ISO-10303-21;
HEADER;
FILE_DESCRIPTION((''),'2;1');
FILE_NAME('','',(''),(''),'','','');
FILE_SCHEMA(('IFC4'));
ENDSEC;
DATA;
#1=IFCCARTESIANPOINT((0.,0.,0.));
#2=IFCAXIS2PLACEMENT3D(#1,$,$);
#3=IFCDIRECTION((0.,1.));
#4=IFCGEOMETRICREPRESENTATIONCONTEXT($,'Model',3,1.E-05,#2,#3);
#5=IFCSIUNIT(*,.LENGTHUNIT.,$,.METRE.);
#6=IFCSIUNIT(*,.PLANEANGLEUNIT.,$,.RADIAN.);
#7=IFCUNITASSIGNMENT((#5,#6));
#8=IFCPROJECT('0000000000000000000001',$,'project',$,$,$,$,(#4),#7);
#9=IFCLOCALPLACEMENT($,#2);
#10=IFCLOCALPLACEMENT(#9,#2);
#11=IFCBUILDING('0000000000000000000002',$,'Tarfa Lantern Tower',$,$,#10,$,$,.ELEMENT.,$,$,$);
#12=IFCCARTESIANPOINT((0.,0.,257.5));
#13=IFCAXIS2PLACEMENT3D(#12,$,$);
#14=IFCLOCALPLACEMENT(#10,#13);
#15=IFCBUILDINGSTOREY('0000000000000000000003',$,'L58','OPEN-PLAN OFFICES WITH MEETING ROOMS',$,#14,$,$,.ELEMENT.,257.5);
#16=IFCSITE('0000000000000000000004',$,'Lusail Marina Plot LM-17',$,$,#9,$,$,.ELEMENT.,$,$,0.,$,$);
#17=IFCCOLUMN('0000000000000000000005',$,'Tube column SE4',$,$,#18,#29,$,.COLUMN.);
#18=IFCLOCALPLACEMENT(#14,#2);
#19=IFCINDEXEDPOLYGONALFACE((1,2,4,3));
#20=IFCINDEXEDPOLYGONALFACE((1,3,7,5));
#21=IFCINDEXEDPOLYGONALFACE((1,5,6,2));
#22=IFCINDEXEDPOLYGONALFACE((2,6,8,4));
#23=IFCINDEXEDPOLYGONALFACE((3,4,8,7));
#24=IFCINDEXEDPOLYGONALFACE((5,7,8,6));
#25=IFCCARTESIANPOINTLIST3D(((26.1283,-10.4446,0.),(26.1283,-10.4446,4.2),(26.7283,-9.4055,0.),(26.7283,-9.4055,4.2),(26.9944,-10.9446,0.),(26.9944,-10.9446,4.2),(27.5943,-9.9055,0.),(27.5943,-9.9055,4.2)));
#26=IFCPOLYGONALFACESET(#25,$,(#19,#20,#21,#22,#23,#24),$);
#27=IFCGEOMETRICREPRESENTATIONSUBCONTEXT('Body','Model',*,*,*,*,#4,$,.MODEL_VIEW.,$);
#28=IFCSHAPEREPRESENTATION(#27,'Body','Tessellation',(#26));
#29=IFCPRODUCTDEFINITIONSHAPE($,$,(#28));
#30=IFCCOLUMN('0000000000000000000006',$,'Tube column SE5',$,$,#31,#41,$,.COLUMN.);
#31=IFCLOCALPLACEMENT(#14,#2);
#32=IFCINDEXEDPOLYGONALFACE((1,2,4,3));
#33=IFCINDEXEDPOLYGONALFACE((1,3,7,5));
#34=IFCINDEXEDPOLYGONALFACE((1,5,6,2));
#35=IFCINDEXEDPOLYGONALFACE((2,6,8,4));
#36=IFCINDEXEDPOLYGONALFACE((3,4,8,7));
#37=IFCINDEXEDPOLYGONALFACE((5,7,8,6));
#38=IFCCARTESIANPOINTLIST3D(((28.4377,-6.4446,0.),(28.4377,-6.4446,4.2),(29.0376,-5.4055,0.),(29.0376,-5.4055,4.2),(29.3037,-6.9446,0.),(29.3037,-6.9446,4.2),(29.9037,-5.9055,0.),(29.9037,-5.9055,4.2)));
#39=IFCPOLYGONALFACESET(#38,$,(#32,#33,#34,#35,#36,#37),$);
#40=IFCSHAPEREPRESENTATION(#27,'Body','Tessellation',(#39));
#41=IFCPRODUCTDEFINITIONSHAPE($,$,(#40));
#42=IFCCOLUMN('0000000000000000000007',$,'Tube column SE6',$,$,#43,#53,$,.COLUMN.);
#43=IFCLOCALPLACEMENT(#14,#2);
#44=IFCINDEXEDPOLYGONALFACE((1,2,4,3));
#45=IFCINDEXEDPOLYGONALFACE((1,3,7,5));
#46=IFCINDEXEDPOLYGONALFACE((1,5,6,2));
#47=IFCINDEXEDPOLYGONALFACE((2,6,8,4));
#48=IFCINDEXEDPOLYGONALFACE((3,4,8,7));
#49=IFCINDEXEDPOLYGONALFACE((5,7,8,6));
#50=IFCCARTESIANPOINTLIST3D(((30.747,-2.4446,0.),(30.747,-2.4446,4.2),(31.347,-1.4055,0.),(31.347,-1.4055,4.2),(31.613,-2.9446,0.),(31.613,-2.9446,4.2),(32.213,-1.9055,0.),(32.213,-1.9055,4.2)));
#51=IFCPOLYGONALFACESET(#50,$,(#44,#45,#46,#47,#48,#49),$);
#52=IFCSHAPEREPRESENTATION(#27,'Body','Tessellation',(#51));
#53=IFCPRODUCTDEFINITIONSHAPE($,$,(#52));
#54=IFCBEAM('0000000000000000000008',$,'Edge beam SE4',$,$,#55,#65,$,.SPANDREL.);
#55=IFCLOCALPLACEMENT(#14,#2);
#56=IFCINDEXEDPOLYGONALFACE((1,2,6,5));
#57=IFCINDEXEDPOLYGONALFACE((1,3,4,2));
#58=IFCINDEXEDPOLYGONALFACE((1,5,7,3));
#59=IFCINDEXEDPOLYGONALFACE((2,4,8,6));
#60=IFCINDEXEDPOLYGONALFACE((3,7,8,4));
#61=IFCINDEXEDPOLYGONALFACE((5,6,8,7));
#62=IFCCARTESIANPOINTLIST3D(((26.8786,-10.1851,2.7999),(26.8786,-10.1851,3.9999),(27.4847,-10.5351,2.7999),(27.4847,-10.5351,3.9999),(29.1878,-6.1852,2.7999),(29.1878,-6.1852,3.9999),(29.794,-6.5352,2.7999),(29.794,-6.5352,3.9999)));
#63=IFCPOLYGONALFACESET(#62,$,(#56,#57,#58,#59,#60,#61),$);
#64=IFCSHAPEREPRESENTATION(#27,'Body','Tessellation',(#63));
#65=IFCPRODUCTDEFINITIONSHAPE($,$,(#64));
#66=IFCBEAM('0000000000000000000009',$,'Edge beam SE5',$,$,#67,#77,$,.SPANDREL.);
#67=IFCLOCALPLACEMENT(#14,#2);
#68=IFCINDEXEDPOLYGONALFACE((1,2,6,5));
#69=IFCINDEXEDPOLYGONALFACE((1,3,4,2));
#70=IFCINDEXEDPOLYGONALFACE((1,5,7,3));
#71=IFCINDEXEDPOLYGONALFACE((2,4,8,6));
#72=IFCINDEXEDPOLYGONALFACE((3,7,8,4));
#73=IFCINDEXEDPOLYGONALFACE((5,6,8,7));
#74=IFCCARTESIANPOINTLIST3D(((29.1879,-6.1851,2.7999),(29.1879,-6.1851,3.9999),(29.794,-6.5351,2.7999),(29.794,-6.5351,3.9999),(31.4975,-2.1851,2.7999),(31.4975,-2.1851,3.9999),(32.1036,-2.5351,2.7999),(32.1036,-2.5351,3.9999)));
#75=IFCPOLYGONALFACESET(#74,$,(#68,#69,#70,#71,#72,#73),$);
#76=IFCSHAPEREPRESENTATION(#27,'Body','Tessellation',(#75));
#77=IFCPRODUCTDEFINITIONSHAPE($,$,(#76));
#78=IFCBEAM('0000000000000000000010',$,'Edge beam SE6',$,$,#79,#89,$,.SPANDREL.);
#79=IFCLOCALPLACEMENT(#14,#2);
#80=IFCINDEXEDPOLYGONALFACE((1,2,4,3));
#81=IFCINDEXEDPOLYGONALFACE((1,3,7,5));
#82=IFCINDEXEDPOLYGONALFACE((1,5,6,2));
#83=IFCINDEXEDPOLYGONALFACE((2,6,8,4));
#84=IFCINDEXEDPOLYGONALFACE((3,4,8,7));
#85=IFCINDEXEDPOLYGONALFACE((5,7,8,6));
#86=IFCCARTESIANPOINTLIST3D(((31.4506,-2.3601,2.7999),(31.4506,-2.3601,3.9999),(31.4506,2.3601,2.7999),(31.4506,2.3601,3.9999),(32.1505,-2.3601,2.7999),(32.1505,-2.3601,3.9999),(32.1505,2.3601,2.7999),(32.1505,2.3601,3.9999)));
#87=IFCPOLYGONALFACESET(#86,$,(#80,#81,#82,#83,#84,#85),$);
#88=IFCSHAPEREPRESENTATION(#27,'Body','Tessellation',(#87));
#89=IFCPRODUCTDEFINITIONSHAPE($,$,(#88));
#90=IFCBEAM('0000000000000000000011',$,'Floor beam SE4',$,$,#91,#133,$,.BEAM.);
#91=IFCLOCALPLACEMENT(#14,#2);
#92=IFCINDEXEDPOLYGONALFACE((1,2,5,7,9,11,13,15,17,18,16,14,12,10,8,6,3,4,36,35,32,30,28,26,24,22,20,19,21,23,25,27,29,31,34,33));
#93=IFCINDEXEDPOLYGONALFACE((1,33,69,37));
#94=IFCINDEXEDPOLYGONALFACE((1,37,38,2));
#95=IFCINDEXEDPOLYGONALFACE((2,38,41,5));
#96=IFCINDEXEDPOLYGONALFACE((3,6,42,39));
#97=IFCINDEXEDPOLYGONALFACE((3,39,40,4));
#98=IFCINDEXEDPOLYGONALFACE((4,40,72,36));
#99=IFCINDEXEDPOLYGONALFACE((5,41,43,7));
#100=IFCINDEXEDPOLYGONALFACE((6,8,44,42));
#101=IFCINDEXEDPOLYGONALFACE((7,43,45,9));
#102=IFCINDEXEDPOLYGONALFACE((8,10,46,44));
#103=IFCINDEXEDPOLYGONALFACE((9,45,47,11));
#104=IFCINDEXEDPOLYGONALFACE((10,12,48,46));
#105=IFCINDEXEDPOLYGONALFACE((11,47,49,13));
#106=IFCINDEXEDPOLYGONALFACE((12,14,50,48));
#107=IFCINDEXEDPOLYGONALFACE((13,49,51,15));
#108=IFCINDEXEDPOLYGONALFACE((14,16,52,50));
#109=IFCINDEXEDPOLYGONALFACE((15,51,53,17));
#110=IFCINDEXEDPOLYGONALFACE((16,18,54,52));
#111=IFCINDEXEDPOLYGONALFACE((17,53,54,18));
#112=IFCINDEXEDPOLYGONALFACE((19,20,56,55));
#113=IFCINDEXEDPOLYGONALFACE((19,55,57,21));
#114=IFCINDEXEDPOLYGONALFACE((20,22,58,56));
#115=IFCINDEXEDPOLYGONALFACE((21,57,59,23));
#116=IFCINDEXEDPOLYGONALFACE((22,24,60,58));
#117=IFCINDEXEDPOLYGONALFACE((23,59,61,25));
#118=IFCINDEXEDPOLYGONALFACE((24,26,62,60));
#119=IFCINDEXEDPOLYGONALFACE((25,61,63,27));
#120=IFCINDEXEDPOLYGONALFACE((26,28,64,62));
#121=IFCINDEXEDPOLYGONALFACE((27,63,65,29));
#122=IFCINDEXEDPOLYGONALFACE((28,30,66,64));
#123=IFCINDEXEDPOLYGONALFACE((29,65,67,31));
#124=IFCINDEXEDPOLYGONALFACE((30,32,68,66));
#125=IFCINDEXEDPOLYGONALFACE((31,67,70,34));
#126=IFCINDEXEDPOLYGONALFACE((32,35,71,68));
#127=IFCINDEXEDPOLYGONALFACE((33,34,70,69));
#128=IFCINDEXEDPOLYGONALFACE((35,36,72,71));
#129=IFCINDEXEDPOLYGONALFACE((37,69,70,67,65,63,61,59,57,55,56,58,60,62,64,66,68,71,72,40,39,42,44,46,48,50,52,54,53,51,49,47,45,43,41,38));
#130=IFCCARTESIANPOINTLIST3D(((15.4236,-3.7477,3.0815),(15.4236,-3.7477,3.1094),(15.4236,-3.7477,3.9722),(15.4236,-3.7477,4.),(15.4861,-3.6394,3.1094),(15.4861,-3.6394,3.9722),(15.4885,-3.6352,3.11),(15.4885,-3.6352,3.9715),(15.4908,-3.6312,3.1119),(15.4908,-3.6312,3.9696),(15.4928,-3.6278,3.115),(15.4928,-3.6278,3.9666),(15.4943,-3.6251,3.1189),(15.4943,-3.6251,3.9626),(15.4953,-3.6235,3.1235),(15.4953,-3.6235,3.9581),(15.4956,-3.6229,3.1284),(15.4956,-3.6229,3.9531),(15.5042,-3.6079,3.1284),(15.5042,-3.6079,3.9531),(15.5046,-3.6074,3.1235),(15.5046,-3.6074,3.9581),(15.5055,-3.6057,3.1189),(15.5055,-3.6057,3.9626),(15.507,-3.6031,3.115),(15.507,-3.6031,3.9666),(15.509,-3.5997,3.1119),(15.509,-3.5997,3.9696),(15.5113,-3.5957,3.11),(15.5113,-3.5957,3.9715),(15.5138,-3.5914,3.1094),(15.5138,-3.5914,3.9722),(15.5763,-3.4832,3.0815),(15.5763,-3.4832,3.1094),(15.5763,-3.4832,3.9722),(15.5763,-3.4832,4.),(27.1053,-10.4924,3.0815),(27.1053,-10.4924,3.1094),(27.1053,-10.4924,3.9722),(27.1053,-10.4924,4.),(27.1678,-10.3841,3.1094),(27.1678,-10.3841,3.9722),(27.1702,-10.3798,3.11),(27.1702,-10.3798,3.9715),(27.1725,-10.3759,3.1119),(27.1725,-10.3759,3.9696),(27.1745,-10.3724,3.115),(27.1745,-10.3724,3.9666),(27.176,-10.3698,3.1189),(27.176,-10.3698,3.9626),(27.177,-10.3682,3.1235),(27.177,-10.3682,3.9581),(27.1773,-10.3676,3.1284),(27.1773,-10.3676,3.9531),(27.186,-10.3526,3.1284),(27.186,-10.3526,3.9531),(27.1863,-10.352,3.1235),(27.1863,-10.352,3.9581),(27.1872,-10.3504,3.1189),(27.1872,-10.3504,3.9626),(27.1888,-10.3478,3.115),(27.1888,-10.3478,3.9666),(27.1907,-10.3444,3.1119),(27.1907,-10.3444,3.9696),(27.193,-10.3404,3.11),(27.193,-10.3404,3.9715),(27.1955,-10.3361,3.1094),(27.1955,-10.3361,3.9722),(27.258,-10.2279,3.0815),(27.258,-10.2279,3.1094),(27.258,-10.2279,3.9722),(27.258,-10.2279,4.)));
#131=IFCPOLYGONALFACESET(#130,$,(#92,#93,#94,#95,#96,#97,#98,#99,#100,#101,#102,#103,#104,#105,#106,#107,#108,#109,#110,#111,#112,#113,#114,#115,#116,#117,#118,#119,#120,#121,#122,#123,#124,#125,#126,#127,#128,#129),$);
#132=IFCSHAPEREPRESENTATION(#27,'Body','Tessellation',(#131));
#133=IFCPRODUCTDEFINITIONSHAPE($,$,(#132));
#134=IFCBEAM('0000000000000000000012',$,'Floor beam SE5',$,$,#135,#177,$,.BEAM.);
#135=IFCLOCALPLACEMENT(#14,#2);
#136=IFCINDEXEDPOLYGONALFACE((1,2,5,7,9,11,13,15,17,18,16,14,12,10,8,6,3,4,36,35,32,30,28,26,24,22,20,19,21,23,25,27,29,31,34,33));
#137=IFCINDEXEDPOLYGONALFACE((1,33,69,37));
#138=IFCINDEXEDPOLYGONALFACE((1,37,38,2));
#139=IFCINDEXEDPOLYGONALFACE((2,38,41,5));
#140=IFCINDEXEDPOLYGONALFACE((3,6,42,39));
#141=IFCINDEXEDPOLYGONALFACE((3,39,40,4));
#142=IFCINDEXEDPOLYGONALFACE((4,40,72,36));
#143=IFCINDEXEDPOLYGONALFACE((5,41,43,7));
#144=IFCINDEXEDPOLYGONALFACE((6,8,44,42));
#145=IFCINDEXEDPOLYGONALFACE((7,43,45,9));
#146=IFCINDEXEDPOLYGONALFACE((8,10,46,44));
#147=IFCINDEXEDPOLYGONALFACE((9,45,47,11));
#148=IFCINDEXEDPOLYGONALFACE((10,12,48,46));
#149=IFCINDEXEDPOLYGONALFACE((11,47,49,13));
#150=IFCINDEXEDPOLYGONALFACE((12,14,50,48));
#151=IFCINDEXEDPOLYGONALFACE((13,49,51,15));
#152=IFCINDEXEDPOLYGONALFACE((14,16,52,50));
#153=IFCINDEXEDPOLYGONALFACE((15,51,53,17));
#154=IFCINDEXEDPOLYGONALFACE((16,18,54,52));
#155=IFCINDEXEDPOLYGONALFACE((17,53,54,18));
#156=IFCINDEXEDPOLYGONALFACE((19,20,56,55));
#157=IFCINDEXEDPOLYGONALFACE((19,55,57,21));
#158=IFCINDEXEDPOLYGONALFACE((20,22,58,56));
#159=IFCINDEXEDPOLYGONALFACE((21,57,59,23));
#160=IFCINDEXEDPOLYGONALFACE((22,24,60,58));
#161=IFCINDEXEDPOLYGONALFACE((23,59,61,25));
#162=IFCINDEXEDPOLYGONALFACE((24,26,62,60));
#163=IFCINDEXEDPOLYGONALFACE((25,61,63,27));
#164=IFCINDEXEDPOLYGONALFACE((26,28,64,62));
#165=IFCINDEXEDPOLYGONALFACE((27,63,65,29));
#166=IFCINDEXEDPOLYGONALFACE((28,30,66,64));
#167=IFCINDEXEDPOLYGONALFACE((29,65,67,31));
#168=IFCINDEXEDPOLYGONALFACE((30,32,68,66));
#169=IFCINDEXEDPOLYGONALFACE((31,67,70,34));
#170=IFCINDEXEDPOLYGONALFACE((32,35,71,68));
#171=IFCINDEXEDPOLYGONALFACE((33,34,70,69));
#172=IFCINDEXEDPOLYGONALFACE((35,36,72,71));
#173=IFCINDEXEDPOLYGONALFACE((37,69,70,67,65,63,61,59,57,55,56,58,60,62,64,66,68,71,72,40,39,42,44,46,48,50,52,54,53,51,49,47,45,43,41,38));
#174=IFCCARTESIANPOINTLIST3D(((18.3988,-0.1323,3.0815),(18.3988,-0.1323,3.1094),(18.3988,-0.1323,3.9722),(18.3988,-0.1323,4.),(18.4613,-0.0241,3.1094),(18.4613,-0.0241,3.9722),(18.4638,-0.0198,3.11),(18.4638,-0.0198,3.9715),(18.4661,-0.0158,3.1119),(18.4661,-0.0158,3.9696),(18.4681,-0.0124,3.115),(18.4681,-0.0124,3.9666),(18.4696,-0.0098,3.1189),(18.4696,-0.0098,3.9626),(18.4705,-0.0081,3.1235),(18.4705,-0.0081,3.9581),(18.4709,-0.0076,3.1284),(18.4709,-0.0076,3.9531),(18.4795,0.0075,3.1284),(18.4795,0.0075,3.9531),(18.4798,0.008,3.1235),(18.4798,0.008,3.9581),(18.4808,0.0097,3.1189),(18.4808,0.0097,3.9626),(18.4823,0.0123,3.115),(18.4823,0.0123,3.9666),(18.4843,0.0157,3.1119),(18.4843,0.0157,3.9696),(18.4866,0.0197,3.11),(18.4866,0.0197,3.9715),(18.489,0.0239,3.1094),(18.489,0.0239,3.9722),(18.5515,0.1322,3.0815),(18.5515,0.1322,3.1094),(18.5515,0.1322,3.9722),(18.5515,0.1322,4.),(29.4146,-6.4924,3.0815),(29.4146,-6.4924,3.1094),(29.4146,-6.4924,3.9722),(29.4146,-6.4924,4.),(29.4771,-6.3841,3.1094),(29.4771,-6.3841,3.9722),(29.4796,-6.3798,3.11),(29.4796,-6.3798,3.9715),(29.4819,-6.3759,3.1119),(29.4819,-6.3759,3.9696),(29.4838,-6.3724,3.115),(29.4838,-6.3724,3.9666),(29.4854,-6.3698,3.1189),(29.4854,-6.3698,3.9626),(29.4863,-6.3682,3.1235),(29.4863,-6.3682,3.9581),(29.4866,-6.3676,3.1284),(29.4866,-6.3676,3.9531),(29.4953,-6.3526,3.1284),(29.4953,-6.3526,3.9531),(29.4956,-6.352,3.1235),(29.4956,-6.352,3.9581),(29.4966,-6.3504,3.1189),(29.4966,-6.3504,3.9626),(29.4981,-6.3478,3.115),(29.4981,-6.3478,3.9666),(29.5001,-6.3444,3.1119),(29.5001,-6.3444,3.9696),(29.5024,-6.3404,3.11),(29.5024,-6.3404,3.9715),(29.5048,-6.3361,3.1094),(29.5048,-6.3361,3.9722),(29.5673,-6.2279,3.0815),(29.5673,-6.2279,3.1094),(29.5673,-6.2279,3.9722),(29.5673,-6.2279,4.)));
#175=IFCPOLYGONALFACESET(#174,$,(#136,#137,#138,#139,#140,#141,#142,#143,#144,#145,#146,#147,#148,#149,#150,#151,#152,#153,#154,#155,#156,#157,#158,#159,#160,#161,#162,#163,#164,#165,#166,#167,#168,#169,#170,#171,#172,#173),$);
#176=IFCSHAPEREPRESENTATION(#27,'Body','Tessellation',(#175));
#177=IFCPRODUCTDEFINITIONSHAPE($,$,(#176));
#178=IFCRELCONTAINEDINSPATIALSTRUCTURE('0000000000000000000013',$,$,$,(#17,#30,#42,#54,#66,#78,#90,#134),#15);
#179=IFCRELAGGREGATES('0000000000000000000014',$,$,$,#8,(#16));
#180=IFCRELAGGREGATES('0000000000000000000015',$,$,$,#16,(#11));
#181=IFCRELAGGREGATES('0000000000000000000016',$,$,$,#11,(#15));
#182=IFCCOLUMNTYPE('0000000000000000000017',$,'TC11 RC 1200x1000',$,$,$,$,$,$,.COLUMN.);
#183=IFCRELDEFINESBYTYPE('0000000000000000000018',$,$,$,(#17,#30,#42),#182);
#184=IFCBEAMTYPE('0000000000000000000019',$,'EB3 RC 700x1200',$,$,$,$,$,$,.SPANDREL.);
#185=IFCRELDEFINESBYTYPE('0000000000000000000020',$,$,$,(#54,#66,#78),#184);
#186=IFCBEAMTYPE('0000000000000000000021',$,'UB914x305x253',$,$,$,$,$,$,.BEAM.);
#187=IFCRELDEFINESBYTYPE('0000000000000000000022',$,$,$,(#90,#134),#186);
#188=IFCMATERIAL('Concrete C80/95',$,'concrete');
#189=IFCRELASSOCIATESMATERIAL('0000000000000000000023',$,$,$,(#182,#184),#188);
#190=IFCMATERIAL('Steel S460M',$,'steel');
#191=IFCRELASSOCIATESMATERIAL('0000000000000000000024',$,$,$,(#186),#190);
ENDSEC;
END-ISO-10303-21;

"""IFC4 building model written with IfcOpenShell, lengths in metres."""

from ifc_helpers import new_model, si_unit, direction, frame, origin, origin_2d, place, context, subcontext, project, spatial, rectangle, i_section, extrude, material, material_profile, profile_set, type_object, element, save


model = new_model("IFC4")

# Units and contexts
model_context = context("Model", 3, precision=1e-05, world=origin(), true_north=direction((0.0, 1.0)))
body_context = subcontext(model_context, "Body", "Model", "MODEL_VIEW")
ifc_project = project(units=[si_unit("LENGTHUNIT", "METRE"), si_unit("PLANEANGLEUNIT", "RADIAN")], contexts=[model_context])

# Site, building, storey
site_placement = place(None, origin())
site = spatial("IfcSite", under=ifc_project, at=site_placement, Name="Lusail Marina Plot LM-17", CompositionType="ELEMENT", RefElevation=0.0)
building_placement = place(site_placement, origin())
building = spatial("IfcBuilding", under=site, at=building_placement, Name="Tarfa Lantern Tower", CompositionType="ELEMENT")
storey_placement = place(building_placement, frame((0.0, 0.0, 257.5)))
storey = spatial("IfcBuildingStorey", under=building, at=storey_placement, Name="L58", Description="OPEN-PLAN OFFICES WITH MEETING ROOMS", CompositionType="ELEMENT", Elevation=257.5)

# Columns
ifc_material_1 = material(Name="Concrete C80/95", Category="concrete")
ifc_material_profile_1 = material_profile(ifc_material_1, rectangle(XDim=1.2, YDim=1.0, at=origin_2d()), Name="RC 1200x1000")
ifc_profile_set_1 = profile_set([ifc_material_profile_1], Name="Concrete C80/95")
column_type = type_object("IfcColumnType", Name="TC11 RC 1200x1000", PredefinedType="COLUMN", material=ifc_profile_set_1)
for number, where, z_axis, x_axis, name in (
    (1, (26.8613, -10.175, 0.0), (0.0, 0.0, 1.0), (0.5, 0.866025, 0.0), "Tube column SE4"),
    (2, (29.1707, -6.175, 0.0), (0.0, 0.0, 1.0), (0.5, 0.866025, 0.0), "Tube column SE5"),
    (3, (31.48, -2.175, 0.0), (0.0, 0.0, 1.0), (0.5, 0.866025, 0.0), "Tube column SE6"),
):
    element("IfcColumn", number, at=place(storey_placement, frame(where, z_axis=z_axis, x_axis=x_axis)), inside=storey, type_object=column_type, Name=name, PredefinedType="COLUMN", context=body_context, shape_type="SweptSolid", body=[
        extrude(rectangle(XDim=1.2, YDim=1.0, at=origin_2d()), origin(), (0.0, 0.0, 1.0), 4.2),
    ])

# Beams
ifc_material_profile_2 = material_profile(ifc_material_1, rectangle(XDim=0.7, YDim=1.2, at=origin_2d()), Name="RC 700x1200")
ifc_profile_set_2 = profile_set([ifc_material_profile_2], Name="Concrete C80/95")
beam_type_1 = type_object("IfcBeamType", Name="EB3 RC 700x1200", PredefinedType="SPANDREL", material=ifc_profile_set_2)
beam_1_placement = place(storey_placement, frame((27.1816, -10.3601, 3.3999), z_axis=(0.499988, 0.866032, 0.0), x_axis=(-0.866032, 0.499988, 0.0)))
element("IfcBeam", 4, at=beam_1_placement, inside=storey, type_object=beam_type_1, Name="Edge beam SE4", PredefinedType="SPANDREL", context=body_context, shape_type="SweptSolid", body=[
    extrude(rectangle(XDim=0.7, YDim=1.2, at=origin_2d()), origin(), (0.0, 0.0, 1.0), 4.6187),
])
beam_2_placement = place(storey_placement, frame((29.491, -6.3601, 3.3999), z_axis=(0.500027, 0.86601, 0.0), x_axis=(-0.86601, 0.500027, 0.0)))
element("IfcBeam", 5, at=beam_2_placement, inside=storey, type_object=beam_type_1, Name="Edge beam SE5", PredefinedType="SPANDREL", context=body_context, shape_type="SweptSolid", body=[
    extrude(rectangle(XDim=0.7, YDim=1.2, at=origin_2d()), origin(), (0.0, 0.0, 1.0), 4.6189),
])
beam_3_placement = place(storey_placement, frame((31.8005, -2.3601, 3.3999), z_axis=(0.0, 1.0, 0.0), x_axis=(-1.0, 0.0, 0.0)))
element("IfcBeam", 6, at=beam_3_placement, inside=storey, type_object=beam_type_1, Name="Edge beam SE6", PredefinedType="SPANDREL", context=body_context, shape_type="SweptSolid", body=[
    extrude(rectangle(XDim=0.7, YDim=1.2, at=origin_2d()), origin(), (0.0, 0.0, 1.0), 4.7202),
])
ifc_material_2 = material(Name="Steel S460M", Category="steel")
ifc_material_profile_3 = material_profile(ifc_material_2, i_section(OverallWidth=0.3054, OverallDepth=0.9185, WebThickness=0.0173, FlangeThickness=0.0278, FilletRadius=0.019, at=origin_2d()), Name="UB914x305x253")
ifc_profile_set_3 = profile_set([ifc_material_profile_3], Name="Steel S460M")
beam_type_2 = type_object("IfcBeamType", Name="UB914x305x253", PredefinedType="BEAM", material=ifc_profile_set_3)
beam_4_placement = place(storey_placement, frame((27.1816, -10.3601, 3.5408), z_axis=(-0.866018, 0.500013, 0.0), x_axis=(-0.500013, -0.866018, 0.0)))
element("IfcBeam", 7, at=beam_4_placement, inside=storey, type_object=beam_type_2, Name="Floor beam SE4", PredefinedType="BEAM", context=body_context, shape_type="SweptSolid", body=[
    extrude(i_section(OverallWidth=0.3054, OverallDepth=0.9185, WebThickness=0.0173, FlangeThickness=0.0278, FilletRadius=0.019, at=origin_2d()), origin(), (0.0, 0.0, 1.0), 13.489),
])
beam_5_placement = place(storey_placement, frame((29.491, -6.3601, 3.5408), z_axis=(-0.866022, 0.500005, 0.0), x_axis=(-0.500005, -0.866022, 0.0)))
element("IfcBeam", 8, at=beam_5_placement, inside=storey, type_object=beam_type_2, Name="Floor beam SE5", PredefinedType="BEAM", context=body_context, shape_type="SweptSolid", body=[
    extrude(i_section(OverallWidth=0.3054, OverallDepth=0.9185, WebThickness=0.0173, FlangeThickness=0.0278, FilletRadius=0.019, at=origin_2d()), origin(), (0.0, 0.0, 1.0), 12.72),
])

save(model, "model.ifc")
